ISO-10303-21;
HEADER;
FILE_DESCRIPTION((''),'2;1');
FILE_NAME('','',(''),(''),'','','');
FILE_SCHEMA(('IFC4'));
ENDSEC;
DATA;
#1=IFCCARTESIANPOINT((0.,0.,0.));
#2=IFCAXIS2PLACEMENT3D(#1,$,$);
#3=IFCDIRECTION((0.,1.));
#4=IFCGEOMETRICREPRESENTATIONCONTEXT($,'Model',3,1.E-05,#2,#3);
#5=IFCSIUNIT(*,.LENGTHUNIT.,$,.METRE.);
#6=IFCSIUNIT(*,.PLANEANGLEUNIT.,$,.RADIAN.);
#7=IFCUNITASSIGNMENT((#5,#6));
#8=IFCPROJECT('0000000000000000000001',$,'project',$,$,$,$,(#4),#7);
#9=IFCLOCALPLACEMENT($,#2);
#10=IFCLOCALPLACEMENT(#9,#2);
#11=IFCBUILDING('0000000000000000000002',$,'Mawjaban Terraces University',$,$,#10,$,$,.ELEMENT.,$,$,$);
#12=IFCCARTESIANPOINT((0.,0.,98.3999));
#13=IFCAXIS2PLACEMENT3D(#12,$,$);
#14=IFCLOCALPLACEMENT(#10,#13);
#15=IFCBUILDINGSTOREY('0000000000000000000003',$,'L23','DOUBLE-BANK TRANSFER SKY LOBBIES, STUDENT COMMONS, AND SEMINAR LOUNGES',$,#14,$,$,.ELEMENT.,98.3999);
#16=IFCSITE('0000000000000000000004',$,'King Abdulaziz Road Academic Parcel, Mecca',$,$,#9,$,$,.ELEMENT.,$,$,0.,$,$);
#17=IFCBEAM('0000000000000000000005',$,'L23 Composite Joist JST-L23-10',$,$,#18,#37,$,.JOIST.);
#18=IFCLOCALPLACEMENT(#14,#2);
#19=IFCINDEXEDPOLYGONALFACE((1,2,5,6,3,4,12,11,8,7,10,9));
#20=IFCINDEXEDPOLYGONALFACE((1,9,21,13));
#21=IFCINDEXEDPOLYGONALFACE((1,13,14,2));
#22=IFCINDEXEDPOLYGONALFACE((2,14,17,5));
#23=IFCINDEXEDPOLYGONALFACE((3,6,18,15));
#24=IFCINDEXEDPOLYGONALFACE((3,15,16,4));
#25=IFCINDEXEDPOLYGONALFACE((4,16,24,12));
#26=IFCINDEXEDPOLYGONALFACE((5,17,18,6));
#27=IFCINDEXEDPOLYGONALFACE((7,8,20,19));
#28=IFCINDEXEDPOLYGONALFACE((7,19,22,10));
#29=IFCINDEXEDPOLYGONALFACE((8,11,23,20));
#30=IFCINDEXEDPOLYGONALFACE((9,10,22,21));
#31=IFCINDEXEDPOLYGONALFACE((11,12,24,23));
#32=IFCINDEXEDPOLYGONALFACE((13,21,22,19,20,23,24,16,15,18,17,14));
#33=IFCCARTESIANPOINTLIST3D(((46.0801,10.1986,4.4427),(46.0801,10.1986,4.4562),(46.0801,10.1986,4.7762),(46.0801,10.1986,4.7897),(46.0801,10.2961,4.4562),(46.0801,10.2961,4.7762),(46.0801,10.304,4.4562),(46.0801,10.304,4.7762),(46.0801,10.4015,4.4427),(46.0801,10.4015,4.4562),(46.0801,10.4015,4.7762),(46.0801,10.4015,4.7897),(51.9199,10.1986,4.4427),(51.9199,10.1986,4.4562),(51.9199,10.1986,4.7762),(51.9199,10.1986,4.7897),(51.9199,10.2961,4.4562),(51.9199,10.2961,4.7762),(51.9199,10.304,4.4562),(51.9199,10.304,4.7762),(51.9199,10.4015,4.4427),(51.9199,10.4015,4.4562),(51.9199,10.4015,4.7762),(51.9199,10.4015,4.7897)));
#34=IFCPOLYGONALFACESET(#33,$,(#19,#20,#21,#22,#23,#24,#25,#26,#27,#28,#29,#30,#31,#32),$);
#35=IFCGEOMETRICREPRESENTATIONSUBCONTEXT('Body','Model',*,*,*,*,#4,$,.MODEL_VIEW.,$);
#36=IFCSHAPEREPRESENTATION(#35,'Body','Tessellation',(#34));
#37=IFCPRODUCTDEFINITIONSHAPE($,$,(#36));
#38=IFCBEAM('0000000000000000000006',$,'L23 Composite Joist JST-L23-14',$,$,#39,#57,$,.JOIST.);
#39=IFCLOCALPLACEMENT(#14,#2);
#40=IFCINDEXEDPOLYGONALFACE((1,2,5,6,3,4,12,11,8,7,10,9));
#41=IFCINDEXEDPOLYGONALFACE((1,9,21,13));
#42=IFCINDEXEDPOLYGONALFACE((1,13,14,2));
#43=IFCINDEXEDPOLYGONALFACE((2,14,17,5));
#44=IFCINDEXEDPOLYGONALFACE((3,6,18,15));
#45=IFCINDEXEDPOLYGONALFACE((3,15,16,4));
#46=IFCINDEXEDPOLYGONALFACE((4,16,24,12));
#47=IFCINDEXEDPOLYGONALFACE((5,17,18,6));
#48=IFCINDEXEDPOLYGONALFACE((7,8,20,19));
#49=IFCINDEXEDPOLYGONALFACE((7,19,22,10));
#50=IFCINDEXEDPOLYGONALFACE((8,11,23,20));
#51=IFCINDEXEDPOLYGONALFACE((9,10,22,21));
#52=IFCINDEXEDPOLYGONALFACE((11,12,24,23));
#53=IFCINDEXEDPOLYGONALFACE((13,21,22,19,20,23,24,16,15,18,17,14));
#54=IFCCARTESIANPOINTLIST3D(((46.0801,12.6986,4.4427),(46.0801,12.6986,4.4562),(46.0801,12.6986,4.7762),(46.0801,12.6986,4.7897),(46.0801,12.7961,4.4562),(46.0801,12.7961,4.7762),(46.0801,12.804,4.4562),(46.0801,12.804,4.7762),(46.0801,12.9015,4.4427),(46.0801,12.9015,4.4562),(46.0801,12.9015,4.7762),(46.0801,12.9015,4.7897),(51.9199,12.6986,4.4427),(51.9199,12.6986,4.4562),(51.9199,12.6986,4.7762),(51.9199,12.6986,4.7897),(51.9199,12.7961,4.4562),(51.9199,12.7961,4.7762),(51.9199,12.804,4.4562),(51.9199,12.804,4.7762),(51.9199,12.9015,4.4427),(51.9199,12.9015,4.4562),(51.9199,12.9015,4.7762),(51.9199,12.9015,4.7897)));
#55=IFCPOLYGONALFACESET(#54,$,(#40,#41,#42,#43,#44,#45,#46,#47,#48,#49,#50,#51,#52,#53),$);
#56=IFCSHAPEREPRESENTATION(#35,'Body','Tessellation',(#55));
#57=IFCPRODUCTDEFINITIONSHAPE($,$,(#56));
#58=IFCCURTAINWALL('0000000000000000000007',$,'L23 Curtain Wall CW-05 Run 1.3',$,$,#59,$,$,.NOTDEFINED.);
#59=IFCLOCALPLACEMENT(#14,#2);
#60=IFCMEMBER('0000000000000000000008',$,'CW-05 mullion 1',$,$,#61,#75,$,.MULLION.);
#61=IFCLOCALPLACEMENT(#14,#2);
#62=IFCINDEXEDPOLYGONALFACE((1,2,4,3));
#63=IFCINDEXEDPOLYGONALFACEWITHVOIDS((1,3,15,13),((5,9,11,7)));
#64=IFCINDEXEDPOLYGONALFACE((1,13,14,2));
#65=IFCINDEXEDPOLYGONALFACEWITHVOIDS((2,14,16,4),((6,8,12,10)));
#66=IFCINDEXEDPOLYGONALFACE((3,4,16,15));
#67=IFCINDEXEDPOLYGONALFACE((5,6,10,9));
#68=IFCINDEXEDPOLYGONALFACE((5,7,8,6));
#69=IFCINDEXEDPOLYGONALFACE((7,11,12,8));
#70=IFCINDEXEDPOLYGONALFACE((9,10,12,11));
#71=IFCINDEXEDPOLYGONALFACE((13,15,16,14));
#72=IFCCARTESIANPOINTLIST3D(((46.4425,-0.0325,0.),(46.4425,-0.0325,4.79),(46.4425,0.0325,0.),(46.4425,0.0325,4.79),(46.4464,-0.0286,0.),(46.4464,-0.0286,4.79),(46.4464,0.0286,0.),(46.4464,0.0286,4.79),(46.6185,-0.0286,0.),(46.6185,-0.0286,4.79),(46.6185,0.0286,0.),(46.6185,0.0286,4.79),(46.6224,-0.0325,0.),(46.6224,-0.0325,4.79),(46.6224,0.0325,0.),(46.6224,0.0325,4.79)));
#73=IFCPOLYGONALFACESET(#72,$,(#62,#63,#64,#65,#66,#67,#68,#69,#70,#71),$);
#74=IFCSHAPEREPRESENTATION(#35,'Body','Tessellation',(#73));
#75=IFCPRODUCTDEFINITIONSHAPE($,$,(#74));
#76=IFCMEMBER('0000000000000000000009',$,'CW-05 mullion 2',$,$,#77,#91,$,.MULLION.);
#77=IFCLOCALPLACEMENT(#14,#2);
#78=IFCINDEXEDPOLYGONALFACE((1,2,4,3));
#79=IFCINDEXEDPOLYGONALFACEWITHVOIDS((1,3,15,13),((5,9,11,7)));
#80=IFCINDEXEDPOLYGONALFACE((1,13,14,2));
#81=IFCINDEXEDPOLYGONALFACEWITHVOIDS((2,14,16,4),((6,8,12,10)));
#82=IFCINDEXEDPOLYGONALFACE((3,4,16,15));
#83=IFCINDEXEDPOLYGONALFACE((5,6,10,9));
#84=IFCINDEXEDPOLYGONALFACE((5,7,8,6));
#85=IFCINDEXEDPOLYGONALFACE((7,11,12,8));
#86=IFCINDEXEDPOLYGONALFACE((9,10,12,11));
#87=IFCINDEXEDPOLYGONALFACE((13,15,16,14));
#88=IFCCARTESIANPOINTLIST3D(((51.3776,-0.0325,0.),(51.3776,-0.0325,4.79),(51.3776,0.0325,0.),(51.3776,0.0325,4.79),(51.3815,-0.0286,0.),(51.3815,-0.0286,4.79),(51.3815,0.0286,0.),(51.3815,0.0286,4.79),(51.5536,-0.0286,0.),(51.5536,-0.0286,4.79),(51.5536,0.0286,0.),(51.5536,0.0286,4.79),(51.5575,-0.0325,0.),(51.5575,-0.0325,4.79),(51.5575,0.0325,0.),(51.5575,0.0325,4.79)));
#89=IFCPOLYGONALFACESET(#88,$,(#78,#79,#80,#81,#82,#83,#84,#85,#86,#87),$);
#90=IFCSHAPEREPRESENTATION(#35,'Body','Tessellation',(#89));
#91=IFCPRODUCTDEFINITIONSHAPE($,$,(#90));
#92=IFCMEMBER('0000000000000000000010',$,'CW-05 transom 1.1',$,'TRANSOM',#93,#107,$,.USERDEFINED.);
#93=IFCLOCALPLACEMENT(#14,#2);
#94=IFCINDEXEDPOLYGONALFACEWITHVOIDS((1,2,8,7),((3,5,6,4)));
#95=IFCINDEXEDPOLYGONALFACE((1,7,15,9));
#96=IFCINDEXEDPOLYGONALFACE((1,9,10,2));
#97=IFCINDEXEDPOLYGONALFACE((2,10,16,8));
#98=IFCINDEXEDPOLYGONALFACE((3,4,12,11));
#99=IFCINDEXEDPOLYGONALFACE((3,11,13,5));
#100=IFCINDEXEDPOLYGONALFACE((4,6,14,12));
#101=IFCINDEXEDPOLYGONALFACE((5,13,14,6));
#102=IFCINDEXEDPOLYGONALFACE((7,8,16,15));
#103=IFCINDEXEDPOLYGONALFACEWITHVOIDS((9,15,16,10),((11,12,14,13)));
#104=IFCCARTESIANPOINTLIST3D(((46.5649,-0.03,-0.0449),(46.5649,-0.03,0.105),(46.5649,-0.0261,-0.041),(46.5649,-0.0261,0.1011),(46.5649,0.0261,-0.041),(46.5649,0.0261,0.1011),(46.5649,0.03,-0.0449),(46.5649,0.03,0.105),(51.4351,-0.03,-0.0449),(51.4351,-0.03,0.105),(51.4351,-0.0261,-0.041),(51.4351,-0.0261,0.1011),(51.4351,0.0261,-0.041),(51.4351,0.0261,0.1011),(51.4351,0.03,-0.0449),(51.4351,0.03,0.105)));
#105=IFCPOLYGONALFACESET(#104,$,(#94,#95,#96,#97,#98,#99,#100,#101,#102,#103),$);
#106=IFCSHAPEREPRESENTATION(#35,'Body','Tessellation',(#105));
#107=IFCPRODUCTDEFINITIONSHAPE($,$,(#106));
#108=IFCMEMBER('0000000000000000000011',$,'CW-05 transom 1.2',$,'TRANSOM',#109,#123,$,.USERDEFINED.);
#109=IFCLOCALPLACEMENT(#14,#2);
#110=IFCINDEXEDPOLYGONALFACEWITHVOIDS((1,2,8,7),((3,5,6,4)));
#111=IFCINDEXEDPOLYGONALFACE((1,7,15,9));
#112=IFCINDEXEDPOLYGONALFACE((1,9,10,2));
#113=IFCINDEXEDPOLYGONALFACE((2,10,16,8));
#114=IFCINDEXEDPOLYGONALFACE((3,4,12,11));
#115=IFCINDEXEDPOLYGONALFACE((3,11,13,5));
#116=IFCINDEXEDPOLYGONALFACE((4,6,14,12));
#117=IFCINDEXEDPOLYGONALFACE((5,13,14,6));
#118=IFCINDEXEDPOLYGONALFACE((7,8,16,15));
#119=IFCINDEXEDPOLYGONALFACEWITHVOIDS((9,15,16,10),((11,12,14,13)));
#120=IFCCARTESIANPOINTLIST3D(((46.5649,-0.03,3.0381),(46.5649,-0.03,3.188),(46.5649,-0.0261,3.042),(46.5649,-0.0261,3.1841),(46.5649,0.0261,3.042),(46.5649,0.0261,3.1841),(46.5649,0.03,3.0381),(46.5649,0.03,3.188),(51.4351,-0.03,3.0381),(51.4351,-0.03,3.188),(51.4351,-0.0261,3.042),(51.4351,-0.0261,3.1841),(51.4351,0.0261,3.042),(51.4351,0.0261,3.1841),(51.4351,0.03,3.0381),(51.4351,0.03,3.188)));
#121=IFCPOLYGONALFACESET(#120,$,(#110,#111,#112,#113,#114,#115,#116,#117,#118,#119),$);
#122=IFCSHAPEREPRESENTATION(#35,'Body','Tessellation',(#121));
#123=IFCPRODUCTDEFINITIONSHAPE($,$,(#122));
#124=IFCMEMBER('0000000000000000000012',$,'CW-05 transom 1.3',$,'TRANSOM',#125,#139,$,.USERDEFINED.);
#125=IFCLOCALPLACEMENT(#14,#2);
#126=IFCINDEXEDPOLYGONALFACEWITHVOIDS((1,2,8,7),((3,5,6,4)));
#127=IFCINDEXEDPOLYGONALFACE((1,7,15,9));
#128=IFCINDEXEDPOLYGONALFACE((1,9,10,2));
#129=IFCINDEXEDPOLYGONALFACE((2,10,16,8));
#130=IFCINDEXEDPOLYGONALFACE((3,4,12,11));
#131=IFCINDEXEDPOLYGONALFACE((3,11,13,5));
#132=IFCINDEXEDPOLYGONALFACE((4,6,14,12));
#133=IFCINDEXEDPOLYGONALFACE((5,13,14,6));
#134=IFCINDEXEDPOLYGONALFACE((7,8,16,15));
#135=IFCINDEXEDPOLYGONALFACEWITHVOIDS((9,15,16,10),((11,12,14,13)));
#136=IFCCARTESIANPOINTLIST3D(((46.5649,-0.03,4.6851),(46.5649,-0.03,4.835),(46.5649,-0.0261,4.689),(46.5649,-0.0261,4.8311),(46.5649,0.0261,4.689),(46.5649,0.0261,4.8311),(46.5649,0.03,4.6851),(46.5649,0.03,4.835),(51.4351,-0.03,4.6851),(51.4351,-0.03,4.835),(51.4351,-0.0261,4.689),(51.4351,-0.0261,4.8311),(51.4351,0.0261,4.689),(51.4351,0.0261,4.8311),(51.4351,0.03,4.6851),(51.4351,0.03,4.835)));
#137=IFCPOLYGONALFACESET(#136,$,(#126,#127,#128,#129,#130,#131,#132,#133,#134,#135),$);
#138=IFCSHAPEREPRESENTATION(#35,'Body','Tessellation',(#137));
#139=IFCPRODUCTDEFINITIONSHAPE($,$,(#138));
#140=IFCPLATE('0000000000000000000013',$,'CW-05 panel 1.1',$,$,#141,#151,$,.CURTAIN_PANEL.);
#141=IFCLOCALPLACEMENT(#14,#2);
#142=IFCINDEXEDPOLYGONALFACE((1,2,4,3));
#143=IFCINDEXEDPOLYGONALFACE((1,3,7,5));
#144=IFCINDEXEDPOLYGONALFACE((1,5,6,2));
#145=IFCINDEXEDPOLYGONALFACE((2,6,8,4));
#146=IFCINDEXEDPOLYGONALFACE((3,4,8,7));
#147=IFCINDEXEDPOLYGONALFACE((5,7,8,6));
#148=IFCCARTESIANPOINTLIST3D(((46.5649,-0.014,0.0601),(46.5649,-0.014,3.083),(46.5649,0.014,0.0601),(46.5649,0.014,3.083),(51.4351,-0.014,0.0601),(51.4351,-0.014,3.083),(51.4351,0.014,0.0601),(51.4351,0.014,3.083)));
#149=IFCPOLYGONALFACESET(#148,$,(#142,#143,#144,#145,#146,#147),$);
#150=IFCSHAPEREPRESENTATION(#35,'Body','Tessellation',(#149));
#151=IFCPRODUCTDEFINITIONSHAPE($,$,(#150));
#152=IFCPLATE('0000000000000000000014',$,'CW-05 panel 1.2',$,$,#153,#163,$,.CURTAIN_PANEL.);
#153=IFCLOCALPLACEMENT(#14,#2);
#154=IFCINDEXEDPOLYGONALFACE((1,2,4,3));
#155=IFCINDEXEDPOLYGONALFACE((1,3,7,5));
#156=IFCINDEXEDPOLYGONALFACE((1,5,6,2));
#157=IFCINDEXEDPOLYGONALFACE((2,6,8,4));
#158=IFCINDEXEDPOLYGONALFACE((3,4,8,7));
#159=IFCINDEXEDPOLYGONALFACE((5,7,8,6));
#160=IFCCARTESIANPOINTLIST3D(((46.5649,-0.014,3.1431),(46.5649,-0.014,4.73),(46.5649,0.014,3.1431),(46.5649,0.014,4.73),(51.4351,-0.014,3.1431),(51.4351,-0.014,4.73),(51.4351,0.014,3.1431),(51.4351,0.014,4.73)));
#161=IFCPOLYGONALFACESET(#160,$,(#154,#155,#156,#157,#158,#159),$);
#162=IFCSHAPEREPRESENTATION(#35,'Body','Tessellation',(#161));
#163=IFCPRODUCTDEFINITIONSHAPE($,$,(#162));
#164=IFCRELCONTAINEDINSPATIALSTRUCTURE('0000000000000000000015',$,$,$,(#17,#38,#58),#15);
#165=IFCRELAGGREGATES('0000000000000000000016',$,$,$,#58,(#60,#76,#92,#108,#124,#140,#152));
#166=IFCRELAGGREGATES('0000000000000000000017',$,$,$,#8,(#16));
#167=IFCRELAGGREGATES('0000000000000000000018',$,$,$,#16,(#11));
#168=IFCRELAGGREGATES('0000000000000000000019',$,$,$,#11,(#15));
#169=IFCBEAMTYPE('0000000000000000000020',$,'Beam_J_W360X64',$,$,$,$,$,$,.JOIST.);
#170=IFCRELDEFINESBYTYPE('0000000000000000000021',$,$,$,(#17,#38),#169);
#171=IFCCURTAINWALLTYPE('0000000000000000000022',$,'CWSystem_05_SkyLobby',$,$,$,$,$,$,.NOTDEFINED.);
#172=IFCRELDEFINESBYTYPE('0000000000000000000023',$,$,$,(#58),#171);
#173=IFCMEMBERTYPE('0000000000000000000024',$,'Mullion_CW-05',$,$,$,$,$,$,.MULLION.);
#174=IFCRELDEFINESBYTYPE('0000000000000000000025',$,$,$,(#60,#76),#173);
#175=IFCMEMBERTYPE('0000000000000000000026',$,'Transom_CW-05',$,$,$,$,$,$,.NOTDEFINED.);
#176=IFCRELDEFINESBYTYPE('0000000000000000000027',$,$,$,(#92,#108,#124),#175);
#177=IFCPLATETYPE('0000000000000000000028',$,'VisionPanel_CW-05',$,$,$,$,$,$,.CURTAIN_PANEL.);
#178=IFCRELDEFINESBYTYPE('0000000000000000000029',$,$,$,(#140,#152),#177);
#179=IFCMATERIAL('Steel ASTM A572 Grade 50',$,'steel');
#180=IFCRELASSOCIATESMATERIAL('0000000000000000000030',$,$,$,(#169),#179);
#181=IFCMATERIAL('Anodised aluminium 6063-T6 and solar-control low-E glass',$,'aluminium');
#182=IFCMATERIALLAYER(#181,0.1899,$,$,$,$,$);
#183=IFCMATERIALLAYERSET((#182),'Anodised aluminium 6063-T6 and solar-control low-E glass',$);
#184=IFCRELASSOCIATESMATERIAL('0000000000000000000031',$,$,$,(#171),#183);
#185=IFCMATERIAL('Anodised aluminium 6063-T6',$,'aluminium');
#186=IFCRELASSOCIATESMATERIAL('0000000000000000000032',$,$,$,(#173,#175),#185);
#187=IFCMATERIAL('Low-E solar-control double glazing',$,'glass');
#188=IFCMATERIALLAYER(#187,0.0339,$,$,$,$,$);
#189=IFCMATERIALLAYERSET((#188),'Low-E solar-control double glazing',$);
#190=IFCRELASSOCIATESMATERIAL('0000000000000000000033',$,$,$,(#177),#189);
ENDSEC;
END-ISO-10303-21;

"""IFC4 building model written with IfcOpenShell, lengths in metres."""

from ifc_helpers import new_model, si_unit, direction, frame, origin, origin_2d, place, context, subcontext, project, spatial, rectangle, hollow_rectangle, i_section, extrude, material, layer, layer_set, material_profile, profile_set, type_object, element, aggregate, save


model = new_model("IFC4")

# Units and contexts
model_context = context("Model", 3, precision=1e-05, world=origin(), true_north=direction((0.0, 1.0)))
body_context = subcontext(model_context, "Body", "Model", "MODEL_VIEW")
ifc_project = project(units=[si_unit("LENGTHUNIT", "METRE"), si_unit("PLANEANGLEUNIT", "RADIAN")], contexts=[model_context])

# Site, building, storey
site_placement = place(None, origin())
site = spatial("IfcSite", under=ifc_project, at=site_placement, Name="King Abdulaziz Road Academic Parcel, Mecca", CompositionType="ELEMENT", RefElevation=0.0)
building_placement = place(site_placement, origin())
building = spatial("IfcBuilding", under=site, at=building_placement, Name="Mawjaban Terraces University", CompositionType="ELEMENT")
storey_placement = place(building_placement, frame((0.0, 0.0, 98.3999)))
storey = spatial("IfcBuildingStorey", under=building, at=storey_placement, Name="L23", Description="DOUBLE-BANK TRANSFER SKY LOBBIES, STUDENT COMMONS, AND SEMINAR LOUNGES", CompositionType="ELEMENT", Elevation=98.3999)

# Beams
ifc_material_1 = material(Name="Steel ASTM A572 Grade 50", Category="steel")
ifc_material_profile_1 = material_profile(ifc_material_1, i_section(OverallWidth=0.2029, OverallDepth=0.3469, WebThickness=0.0078, FlangeThickness=0.0134, at=origin_2d()), Name="W360X64")
ifc_profile_set_1 = profile_set([ifc_material_profile_1], Name="Steel ASTM A572 Grade 50")
beam_type_1 = type_object("IfcBeamType", Name="Beam_J_W360X64", PredefinedType="JOIST", material=ifc_profile_set_1)
for number, where, z_axis, x_axis, name in (
    (1, (46.0801, 10.3, 4.6162), (1.0, 0.0, 0.0), (0.0, 1.0, 0.0), "L23 Composite Joist JST-L23-10"),
    (2, (46.0801, 12.8, 4.6162), (1.0, 0.0, 0.0), (0.0, 1.0, 0.0), "L23 Composite Joist JST-L23-14"),
):
    element("IfcBeam", number, at=place(storey_placement, frame(where, z_axis=z_axis, x_axis=x_axis)), inside=storey, type_object=beam_type_1, Name=name, PredefinedType="JOIST", context=body_context, shape_type="SweptSolid", body=[
        extrude(i_section(OverallWidth=0.2029, OverallDepth=0.3469, WebThickness=0.0078, FlangeThickness=0.0134, at=origin_2d()), origin(), (0.0, 0.0, 1.0), 5.8398),
    ])

# Curtain wall, members, plates
ifc_material_2 = material(Name="Anodised aluminium 6063-T6 and solar-control low-E glass", Category="aluminium")
ifc_layer_1 = layer(ifc_material_2, 0.1899)
ifc_layer_set_1 = layer_set([ifc_layer_1], Name="Anodised aluminium 6063-T6 and solar-control low-E glass")
curtain_wall_type = type_object("IfcCurtainWallType", Name="CWSystem_05_SkyLobby", PredefinedType="NOTDEFINED", material=ifc_layer_set_1)
curtain_wall_placement = place(storey_placement, origin())
curtain_wall = element("IfcCurtainWall", 3, at=curtain_wall_placement, inside=storey, type_object=curtain_wall_type, Name="L23 Curtain Wall CW-05 Run 1.3", PredefinedType="NOTDEFINED")
ifc_material_3 = material(Name="Anodised aluminium 6063-T6", Category="aluminium")
ifc_material_profile_2 = material_profile(ifc_material_3, hollow_rectangle(XDim=0.0649, YDim=0.1799, WallThickness=0.0039, at=origin_2d()), Name="ALU180X65X4")
ifc_profile_set_2 = profile_set([ifc_material_profile_2], Name="Anodised aluminium 6063-T6")
member_type_1 = type_object("IfcMemberType", Name="Mullion_CW-05", PredefinedType="MULLION", material=ifc_profile_set_2)
member_1_placement = place(storey_placement, frame((46.5325, 0.0, 0.0), z_axis=(0.0, 0.0, 1.0), x_axis=(0.0, 1.0, 0.0)))
member_1 = element("IfcMember", 4, at=member_1_placement, type_object=member_type_1, Name="CW-05 mullion 1", PredefinedType="MULLION", context=body_context, shape_type="SweptSolid", body=[
    extrude(hollow_rectangle(XDim=0.0649, YDim=0.1799, WallThickness=0.0039, at=origin_2d()), origin(), (0.0, 0.0, 1.0), 4.79),
])
member_2_placement = place(storey_placement, frame((51.4675, 0.0, 0.0), z_axis=(0.0, 0.0, 1.0), x_axis=(0.0, 1.0, 0.0)))
member_2 = element("IfcMember", 5, at=member_2_placement, type_object=member_type_1, Name="CW-05 mullion 2", PredefinedType="MULLION", context=body_context, shape_type="SweptSolid", body=[
    extrude(hollow_rectangle(XDim=0.0649, YDim=0.1799, WallThickness=0.0039, at=origin_2d()), origin(), (0.0, 0.0, 1.0), 4.79),
])
ifc_material_profile_3 = material_profile(ifc_material_3, hollow_rectangle(XDim=0.0601, YDim=0.1499, WallThickness=0.0039, at=origin_2d()), Name="ALU150X60X4")
ifc_profile_set_3 = profile_set([ifc_material_profile_3], Name="Anodised aluminium 6063-T6")
member_type_2 = type_object("IfcMemberType", Name="Transom_CW-05", PredefinedType="NOTDEFINED", material=ifc_profile_set_3)
member_3_placement = place(storey_placement, frame((46.5649, 0.0, 0.03), z_axis=(1.0, 0.0, 0.0), x_axis=(0.0, 1.0, 0.0)))
member_3 = element("IfcMember", 6, at=member_3_placement, type_object=member_type_2, Name="CW-05 transom 1.1", ObjectType="TRANSOM", PredefinedType="USERDEFINED", context=body_context, shape_type="SweptSolid", body=[
    extrude(hollow_rectangle(XDim=0.0601, YDim=0.1499, WallThickness=0.0039, at=origin_2d()), origin(), (0.0, 0.0, 1.0), 4.8701),
])
member_4_placement = place(storey_placement, frame((46.5649, 0.0, 3.113), z_axis=(1.0, 0.0, 0.0), x_axis=(0.0, 1.0, 0.0)))
member_4 = element("IfcMember", 7, at=member_4_placement, type_object=member_type_2, Name="CW-05 transom 1.2", ObjectType="TRANSOM", PredefinedType="USERDEFINED", context=body_context, shape_type="SweptSolid", body=[
    extrude(hollow_rectangle(XDim=0.0601, YDim=0.1499, WallThickness=0.0039, at=origin_2d()), origin(), (0.0, 0.0, 1.0), 4.8701),
])
member_5_placement = place(storey_placement, frame((46.5649, 0.0, 4.76), z_axis=(1.0, 0.0, 0.0), x_axis=(0.0, 1.0, 0.0)))
member_5 = element("IfcMember", 8, at=member_5_placement, type_object=member_type_2, Name="CW-05 transom 1.3", ObjectType="TRANSOM", PredefinedType="USERDEFINED", context=body_context, shape_type="SweptSolid", body=[
    extrude(hollow_rectangle(XDim=0.0601, YDim=0.1499, WallThickness=0.0039, at=origin_2d()), origin(), (0.0, 0.0, 1.0), 4.8701),
])
ifc_material_4 = material(Name="Low-E solar-control double glazing", Category="glass")
ifc_layer_2 = layer(ifc_material_4, 0.0339)
ifc_layer_set_2 = layer_set([ifc_layer_2], Name="Low-E solar-control double glazing")
plate_type = type_object("IfcPlateType", Name="VisionPanel_CW-05", PredefinedType="CURTAIN_PANEL", material=ifc_layer_set_2)
plate_1_placement = place(storey_placement, frame((49.0, 0.0, 0.0601), z_axis=(0.0, 0.0, 1.0), x_axis=(1.0, 0.0, 0.0)))
plate_1 = element("IfcPlate", 9, at=plate_1_placement, type_object=plate_type, Name="CW-05 panel 1.1", PredefinedType="CURTAIN_PANEL", context=body_context, shape_type="SweptSolid", body=[
    extrude(rectangle(XDim=4.8701, YDim=0.0281, at=origin_2d()), origin(), (0.0, 0.0, 1.0), 3.0229),
])
plate_2_placement = place(storey_placement, frame((49.0, 0.0, 3.1431), z_axis=(0.0, 0.0, 1.0), x_axis=(1.0, 0.0, 0.0)))
plate_2 = element("IfcPlate", 10, at=plate_2_placement, type_object=plate_type, Name="CW-05 panel 1.2", PredefinedType="CURTAIN_PANEL", context=body_context, shape_type="SweptSolid", body=[
    extrude(rectangle(XDim=4.8701, YDim=0.0281, at=origin_2d()), origin(), (0.0, 0.0, 1.0), 1.5869),
])
aggregate(curtain_wall, [member_1, member_2, member_3, member_4, member_5, plate_1, plate_2])

save(model, "model.ifc")
